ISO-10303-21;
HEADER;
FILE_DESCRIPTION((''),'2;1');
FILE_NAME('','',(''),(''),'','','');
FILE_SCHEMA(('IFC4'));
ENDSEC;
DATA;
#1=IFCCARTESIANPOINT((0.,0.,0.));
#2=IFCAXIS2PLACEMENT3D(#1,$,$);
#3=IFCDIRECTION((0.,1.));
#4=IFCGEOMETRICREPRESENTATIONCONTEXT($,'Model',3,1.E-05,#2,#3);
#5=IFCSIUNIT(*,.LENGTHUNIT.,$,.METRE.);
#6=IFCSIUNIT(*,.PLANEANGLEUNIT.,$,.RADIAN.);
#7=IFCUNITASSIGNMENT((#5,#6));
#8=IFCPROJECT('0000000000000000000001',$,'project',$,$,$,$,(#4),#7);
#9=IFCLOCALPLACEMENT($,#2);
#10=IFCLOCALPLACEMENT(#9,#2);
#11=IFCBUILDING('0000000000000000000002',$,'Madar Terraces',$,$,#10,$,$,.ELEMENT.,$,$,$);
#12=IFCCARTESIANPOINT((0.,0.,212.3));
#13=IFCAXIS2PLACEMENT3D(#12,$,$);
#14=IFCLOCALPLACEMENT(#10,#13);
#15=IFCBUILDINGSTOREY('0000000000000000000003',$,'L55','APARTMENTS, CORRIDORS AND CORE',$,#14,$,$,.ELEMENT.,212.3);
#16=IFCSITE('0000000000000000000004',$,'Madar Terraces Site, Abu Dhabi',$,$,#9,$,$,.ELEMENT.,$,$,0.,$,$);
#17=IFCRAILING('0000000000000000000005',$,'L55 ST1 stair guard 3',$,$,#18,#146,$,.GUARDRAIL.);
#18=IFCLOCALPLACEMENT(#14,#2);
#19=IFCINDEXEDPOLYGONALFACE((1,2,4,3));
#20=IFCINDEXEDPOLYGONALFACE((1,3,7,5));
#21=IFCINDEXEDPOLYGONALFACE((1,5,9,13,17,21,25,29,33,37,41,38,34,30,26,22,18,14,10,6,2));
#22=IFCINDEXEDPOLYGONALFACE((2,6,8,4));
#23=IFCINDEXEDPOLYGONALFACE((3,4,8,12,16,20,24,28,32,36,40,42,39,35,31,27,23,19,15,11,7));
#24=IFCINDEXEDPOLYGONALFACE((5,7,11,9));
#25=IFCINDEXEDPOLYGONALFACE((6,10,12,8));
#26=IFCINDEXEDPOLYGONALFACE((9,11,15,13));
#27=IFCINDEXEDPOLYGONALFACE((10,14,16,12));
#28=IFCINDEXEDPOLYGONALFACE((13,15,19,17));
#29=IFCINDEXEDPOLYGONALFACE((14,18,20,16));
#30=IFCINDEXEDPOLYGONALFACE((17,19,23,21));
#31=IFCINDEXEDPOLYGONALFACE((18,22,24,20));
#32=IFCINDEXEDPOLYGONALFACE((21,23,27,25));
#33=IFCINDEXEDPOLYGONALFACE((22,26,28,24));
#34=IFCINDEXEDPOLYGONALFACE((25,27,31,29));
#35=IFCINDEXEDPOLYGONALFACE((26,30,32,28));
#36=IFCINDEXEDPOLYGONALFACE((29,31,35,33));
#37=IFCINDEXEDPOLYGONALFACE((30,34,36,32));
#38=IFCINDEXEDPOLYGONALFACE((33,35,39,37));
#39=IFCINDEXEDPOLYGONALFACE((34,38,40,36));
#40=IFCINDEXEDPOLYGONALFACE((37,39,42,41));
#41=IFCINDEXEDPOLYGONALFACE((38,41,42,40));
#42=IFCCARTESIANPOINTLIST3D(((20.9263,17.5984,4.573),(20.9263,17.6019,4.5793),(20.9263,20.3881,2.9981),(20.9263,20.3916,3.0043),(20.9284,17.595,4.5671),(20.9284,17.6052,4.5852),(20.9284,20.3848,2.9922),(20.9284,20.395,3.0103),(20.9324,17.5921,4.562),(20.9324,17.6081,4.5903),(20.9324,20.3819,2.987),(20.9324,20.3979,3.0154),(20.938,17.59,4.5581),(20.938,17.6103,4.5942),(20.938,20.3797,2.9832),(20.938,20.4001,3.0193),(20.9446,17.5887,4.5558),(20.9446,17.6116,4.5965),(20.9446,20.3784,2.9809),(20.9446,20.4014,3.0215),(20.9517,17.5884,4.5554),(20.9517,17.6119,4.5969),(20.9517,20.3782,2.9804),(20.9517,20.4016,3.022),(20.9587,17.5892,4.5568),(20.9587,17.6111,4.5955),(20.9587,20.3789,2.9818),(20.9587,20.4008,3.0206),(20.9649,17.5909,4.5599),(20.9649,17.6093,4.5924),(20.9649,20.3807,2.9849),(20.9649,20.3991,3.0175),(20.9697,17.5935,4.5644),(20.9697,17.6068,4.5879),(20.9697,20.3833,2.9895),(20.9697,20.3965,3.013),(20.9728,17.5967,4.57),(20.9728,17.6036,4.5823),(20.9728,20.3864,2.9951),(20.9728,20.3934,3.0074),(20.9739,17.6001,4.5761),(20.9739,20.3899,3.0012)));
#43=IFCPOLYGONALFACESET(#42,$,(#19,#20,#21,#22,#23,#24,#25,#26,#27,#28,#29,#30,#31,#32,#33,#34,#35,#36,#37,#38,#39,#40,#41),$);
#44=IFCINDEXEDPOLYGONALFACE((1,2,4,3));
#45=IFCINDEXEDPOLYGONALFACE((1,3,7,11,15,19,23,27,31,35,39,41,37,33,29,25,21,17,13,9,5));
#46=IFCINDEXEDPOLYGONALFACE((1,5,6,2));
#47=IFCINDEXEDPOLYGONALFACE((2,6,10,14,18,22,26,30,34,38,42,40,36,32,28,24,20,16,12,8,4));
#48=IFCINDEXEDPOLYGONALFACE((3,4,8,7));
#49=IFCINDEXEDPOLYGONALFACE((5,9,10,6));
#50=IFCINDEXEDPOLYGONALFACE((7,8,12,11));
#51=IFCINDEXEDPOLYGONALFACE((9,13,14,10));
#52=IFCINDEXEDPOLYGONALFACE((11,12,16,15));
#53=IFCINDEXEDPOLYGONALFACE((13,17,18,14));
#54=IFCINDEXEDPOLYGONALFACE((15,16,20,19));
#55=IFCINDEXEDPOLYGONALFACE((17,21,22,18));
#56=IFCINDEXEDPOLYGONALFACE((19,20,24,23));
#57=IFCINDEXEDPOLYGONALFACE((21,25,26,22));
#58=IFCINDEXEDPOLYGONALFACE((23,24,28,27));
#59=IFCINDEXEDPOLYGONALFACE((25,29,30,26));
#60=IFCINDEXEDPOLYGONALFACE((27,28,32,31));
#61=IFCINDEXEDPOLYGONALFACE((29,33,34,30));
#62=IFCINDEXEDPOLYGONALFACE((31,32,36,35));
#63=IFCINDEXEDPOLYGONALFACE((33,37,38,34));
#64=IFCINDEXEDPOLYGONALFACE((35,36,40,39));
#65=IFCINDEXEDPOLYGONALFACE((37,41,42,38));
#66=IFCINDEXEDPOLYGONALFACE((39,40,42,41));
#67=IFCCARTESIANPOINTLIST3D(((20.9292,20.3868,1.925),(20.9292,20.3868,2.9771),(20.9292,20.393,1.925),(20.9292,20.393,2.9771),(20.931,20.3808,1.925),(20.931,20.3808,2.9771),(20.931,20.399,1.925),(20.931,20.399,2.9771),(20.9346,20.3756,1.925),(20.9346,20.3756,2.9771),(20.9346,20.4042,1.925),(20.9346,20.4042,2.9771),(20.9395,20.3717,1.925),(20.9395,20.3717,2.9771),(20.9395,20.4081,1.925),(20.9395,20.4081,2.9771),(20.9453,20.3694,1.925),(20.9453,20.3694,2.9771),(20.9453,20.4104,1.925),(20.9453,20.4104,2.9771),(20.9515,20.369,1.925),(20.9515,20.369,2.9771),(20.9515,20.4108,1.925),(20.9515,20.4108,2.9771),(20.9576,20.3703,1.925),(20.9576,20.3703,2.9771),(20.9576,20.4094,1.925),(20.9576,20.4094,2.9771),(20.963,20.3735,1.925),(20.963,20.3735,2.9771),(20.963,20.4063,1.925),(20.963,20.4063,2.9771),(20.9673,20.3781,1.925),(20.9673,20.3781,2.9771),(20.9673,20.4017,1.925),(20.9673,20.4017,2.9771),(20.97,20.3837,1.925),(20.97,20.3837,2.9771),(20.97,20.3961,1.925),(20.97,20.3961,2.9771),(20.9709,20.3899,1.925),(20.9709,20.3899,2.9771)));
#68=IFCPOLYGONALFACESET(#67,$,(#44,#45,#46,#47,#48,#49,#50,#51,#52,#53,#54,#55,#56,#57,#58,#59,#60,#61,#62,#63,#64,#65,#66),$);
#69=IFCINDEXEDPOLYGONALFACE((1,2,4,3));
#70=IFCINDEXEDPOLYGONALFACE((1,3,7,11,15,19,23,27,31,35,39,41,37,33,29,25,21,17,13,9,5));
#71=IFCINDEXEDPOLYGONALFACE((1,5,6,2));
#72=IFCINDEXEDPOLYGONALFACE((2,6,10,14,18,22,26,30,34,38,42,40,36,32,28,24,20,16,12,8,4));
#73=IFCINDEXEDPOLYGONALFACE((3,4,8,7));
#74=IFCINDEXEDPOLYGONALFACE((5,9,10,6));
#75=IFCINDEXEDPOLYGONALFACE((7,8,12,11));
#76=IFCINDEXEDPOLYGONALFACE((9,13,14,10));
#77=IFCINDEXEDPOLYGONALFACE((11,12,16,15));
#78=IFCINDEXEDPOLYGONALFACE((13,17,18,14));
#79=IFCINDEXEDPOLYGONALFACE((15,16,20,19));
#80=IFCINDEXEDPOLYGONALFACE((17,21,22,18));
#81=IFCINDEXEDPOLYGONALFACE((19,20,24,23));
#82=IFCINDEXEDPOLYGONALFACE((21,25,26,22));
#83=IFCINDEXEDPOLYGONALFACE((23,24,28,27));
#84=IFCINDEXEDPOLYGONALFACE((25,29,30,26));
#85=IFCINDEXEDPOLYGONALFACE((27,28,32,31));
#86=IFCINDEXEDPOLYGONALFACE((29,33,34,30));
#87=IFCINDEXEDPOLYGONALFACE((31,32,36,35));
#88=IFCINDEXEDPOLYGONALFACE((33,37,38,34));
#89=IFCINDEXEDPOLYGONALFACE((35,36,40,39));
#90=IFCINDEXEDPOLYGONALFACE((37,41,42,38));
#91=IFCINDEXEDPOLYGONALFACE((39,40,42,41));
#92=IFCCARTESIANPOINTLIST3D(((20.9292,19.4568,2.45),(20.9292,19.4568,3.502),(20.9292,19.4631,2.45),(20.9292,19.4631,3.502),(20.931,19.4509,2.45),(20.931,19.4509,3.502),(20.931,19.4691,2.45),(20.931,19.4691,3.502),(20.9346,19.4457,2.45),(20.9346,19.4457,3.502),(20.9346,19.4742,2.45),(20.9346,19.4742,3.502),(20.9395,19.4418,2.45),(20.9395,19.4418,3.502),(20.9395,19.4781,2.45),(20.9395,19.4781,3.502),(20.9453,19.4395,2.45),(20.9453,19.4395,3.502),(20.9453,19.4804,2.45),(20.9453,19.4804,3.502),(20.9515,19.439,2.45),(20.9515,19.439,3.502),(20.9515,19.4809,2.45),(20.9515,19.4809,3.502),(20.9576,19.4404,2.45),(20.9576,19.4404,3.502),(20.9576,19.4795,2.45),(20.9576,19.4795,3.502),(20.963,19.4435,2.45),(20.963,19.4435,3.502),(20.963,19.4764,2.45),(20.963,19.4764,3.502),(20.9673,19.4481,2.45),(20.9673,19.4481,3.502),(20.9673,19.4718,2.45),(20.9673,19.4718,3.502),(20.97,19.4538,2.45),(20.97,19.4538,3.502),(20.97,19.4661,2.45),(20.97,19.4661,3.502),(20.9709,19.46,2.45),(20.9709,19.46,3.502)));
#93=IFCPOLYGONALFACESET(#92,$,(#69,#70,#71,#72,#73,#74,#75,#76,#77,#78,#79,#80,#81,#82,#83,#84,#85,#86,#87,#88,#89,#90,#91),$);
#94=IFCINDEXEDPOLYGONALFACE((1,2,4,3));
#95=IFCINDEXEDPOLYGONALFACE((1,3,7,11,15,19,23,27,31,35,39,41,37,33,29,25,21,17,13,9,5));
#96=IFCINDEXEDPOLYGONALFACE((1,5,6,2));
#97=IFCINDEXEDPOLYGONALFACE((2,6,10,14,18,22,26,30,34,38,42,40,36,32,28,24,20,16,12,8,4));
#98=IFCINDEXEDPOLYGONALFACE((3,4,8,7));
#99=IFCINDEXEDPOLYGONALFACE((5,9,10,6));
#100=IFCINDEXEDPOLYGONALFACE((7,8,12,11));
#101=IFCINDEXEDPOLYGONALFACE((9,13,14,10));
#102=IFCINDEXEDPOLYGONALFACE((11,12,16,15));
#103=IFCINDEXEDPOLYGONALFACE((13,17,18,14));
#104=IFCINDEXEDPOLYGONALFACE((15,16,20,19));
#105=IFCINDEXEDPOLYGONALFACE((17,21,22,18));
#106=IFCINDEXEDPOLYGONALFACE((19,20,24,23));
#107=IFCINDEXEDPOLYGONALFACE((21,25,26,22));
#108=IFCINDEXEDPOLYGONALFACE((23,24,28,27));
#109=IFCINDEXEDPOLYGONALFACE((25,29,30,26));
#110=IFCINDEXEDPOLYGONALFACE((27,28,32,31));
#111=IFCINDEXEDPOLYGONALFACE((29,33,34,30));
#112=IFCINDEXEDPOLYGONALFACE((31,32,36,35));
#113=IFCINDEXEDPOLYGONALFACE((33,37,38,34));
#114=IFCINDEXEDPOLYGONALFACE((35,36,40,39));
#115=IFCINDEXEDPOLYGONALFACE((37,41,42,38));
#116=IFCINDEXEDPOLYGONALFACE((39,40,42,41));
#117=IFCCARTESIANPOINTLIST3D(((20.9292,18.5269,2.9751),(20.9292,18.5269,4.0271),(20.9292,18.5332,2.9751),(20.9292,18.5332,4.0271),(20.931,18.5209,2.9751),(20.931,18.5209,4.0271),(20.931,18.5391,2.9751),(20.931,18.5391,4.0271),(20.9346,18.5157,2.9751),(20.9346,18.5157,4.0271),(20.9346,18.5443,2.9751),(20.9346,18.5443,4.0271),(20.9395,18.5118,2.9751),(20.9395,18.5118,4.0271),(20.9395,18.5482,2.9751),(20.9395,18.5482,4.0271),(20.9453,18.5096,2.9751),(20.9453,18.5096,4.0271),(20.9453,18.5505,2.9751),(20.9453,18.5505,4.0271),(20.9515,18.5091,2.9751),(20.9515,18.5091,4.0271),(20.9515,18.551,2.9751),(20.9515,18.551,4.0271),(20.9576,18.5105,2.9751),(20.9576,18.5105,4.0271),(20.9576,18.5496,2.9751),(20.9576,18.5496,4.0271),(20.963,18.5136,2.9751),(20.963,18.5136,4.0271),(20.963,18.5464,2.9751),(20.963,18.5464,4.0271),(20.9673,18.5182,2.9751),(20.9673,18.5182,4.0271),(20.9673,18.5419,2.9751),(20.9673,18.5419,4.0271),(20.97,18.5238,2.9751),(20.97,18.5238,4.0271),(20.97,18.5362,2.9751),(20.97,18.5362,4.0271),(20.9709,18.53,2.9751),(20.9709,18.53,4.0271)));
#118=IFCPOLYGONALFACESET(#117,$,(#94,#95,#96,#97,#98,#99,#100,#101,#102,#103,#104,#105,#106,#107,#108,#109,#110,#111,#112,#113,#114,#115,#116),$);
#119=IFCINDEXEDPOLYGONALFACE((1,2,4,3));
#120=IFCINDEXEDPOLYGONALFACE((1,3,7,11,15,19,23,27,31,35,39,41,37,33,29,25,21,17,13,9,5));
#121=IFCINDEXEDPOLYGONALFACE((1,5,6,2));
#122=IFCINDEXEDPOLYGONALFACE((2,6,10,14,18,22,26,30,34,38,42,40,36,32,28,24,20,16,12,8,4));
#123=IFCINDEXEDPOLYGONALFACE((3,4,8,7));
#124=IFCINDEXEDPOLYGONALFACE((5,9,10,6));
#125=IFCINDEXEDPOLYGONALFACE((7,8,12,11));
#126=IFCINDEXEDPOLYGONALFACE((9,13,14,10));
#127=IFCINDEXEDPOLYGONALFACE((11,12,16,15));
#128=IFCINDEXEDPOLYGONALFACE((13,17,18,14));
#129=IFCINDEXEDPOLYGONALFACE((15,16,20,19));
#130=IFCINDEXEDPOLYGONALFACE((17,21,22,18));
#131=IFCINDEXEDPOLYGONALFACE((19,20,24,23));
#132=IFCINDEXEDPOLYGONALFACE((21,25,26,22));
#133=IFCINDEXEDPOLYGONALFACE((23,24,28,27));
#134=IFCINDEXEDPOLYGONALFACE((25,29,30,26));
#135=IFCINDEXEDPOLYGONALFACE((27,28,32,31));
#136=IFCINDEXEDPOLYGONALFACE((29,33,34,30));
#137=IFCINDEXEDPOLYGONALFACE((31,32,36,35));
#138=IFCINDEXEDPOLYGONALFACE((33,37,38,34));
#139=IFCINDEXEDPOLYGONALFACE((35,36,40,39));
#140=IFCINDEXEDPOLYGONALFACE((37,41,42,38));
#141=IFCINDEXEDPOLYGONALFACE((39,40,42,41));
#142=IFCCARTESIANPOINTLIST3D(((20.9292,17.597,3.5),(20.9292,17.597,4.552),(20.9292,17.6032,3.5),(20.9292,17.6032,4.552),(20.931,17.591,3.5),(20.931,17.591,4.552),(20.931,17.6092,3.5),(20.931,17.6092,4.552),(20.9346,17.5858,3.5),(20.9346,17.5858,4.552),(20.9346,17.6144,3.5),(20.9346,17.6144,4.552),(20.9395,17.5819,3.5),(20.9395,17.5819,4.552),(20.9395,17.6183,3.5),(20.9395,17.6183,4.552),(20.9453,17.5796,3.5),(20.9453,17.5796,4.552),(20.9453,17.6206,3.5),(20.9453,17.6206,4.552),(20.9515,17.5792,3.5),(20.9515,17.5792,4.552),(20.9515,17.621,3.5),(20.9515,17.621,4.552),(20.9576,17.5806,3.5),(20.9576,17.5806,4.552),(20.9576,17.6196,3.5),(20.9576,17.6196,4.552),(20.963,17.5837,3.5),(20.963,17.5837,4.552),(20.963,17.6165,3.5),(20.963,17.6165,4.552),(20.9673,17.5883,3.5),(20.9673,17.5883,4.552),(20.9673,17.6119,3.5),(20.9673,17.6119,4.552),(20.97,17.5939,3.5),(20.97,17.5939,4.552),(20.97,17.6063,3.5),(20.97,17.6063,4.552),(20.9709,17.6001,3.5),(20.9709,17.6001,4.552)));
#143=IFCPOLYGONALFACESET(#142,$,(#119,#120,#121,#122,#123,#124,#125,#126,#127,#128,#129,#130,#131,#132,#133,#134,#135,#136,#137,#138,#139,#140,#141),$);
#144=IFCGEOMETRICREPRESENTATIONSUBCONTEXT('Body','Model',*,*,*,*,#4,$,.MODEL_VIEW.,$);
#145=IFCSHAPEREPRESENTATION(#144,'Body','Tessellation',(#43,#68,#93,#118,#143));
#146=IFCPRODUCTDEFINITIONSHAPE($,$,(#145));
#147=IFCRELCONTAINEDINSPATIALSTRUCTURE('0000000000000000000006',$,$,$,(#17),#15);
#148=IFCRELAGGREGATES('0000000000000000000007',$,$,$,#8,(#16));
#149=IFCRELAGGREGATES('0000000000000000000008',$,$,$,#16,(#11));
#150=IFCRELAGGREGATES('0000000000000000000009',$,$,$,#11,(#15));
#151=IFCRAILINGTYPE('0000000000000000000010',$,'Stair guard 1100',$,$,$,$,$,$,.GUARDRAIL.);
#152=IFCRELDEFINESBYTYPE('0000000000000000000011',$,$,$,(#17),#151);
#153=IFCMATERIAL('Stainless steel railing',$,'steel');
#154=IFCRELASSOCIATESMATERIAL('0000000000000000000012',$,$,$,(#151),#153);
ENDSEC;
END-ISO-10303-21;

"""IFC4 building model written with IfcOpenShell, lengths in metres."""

from ifc_helpers import new_model, si_unit, direction, frame, origin, origin_2d, place, context, subcontext, project, spatial, circle, extrude, material, type_object, element, save


model = new_model("IFC4")

# Units and contexts
model_context = context("Model", 3, precision=1e-05, world=origin(), true_north=direction((0.0, 1.0)))
body_context = subcontext(model_context, "Body", "Model", "MODEL_VIEW")
ifc_project = project(units=[si_unit("LENGTHUNIT", "METRE"), si_unit("PLANEANGLEUNIT", "RADIAN")], contexts=[model_context])

# Site, building, storey
site_placement = place(None, origin())
site = spatial("IfcSite", under=ifc_project, at=site_placement, Name="Madar Terraces Site, Abu Dhabi", CompositionType="ELEMENT", RefElevation=0.0)
building_placement = place(site_placement, origin())
building = spatial("IfcBuilding", under=site, at=building_placement, Name="Madar Terraces", CompositionType="ELEMENT")
storey_placement = place(building_placement, frame((0.0, 0.0, 212.3)))
storey = spatial("IfcBuildingStorey", under=building, at=storey_placement, Name="L55", Description="APARTMENTS, CORRIDORS AND CORE", CompositionType="ELEMENT", Elevation=212.3)

# Railing
ifc_material_1 = material(Name="Stainless steel railing", Category="steel")
railing_type_1 = type_object("IfcRailingType", Name="Stair guard 1100", PredefinedType="GUARDRAIL", material=ifc_material_1)
railing_1_placement = place(storey_placement, frame((20.95, 20.3899, 1.925)))
element("IfcRailing", 1, at=railing_1_placement, inside=storey, type_object=railing_type_1, Name="L55 ST1 stair guard 3", PredefinedType="GUARDRAIL", context=body_context, shape_type="SweptSolid", body=[
    extrude(circle(Radius=0.0239, at=origin_2d()), frame((0.0, 0.0, 1.0762), z_axis=(0.0, -0.870815, 0.49161), x_axis=(1.0, 0.0, 0.0)), (0.0, 0.0, 1.0), 3.2036),
    extrude(circle(Radius=0.021, at=origin_2d()), origin(), (0.0, 0.0, 1.0), 1.052),
    extrude(circle(Radius=0.021, at=origin_2d()), frame((0.0, -0.9299, 0.5249)), (0.0, 0.0, 1.0), 1.052),
    extrude(circle(Radius=0.021, at=origin_2d()), frame((0.0, -1.8599, 1.05)), (0.0, 0.0, 1.0), 1.052),
    extrude(circle(Radius=0.021, at=origin_2d()), frame((0.0, -2.7898, 1.575)), (0.0, 0.0, 1.0), 1.052),
])

save(model, "model.ifc")
